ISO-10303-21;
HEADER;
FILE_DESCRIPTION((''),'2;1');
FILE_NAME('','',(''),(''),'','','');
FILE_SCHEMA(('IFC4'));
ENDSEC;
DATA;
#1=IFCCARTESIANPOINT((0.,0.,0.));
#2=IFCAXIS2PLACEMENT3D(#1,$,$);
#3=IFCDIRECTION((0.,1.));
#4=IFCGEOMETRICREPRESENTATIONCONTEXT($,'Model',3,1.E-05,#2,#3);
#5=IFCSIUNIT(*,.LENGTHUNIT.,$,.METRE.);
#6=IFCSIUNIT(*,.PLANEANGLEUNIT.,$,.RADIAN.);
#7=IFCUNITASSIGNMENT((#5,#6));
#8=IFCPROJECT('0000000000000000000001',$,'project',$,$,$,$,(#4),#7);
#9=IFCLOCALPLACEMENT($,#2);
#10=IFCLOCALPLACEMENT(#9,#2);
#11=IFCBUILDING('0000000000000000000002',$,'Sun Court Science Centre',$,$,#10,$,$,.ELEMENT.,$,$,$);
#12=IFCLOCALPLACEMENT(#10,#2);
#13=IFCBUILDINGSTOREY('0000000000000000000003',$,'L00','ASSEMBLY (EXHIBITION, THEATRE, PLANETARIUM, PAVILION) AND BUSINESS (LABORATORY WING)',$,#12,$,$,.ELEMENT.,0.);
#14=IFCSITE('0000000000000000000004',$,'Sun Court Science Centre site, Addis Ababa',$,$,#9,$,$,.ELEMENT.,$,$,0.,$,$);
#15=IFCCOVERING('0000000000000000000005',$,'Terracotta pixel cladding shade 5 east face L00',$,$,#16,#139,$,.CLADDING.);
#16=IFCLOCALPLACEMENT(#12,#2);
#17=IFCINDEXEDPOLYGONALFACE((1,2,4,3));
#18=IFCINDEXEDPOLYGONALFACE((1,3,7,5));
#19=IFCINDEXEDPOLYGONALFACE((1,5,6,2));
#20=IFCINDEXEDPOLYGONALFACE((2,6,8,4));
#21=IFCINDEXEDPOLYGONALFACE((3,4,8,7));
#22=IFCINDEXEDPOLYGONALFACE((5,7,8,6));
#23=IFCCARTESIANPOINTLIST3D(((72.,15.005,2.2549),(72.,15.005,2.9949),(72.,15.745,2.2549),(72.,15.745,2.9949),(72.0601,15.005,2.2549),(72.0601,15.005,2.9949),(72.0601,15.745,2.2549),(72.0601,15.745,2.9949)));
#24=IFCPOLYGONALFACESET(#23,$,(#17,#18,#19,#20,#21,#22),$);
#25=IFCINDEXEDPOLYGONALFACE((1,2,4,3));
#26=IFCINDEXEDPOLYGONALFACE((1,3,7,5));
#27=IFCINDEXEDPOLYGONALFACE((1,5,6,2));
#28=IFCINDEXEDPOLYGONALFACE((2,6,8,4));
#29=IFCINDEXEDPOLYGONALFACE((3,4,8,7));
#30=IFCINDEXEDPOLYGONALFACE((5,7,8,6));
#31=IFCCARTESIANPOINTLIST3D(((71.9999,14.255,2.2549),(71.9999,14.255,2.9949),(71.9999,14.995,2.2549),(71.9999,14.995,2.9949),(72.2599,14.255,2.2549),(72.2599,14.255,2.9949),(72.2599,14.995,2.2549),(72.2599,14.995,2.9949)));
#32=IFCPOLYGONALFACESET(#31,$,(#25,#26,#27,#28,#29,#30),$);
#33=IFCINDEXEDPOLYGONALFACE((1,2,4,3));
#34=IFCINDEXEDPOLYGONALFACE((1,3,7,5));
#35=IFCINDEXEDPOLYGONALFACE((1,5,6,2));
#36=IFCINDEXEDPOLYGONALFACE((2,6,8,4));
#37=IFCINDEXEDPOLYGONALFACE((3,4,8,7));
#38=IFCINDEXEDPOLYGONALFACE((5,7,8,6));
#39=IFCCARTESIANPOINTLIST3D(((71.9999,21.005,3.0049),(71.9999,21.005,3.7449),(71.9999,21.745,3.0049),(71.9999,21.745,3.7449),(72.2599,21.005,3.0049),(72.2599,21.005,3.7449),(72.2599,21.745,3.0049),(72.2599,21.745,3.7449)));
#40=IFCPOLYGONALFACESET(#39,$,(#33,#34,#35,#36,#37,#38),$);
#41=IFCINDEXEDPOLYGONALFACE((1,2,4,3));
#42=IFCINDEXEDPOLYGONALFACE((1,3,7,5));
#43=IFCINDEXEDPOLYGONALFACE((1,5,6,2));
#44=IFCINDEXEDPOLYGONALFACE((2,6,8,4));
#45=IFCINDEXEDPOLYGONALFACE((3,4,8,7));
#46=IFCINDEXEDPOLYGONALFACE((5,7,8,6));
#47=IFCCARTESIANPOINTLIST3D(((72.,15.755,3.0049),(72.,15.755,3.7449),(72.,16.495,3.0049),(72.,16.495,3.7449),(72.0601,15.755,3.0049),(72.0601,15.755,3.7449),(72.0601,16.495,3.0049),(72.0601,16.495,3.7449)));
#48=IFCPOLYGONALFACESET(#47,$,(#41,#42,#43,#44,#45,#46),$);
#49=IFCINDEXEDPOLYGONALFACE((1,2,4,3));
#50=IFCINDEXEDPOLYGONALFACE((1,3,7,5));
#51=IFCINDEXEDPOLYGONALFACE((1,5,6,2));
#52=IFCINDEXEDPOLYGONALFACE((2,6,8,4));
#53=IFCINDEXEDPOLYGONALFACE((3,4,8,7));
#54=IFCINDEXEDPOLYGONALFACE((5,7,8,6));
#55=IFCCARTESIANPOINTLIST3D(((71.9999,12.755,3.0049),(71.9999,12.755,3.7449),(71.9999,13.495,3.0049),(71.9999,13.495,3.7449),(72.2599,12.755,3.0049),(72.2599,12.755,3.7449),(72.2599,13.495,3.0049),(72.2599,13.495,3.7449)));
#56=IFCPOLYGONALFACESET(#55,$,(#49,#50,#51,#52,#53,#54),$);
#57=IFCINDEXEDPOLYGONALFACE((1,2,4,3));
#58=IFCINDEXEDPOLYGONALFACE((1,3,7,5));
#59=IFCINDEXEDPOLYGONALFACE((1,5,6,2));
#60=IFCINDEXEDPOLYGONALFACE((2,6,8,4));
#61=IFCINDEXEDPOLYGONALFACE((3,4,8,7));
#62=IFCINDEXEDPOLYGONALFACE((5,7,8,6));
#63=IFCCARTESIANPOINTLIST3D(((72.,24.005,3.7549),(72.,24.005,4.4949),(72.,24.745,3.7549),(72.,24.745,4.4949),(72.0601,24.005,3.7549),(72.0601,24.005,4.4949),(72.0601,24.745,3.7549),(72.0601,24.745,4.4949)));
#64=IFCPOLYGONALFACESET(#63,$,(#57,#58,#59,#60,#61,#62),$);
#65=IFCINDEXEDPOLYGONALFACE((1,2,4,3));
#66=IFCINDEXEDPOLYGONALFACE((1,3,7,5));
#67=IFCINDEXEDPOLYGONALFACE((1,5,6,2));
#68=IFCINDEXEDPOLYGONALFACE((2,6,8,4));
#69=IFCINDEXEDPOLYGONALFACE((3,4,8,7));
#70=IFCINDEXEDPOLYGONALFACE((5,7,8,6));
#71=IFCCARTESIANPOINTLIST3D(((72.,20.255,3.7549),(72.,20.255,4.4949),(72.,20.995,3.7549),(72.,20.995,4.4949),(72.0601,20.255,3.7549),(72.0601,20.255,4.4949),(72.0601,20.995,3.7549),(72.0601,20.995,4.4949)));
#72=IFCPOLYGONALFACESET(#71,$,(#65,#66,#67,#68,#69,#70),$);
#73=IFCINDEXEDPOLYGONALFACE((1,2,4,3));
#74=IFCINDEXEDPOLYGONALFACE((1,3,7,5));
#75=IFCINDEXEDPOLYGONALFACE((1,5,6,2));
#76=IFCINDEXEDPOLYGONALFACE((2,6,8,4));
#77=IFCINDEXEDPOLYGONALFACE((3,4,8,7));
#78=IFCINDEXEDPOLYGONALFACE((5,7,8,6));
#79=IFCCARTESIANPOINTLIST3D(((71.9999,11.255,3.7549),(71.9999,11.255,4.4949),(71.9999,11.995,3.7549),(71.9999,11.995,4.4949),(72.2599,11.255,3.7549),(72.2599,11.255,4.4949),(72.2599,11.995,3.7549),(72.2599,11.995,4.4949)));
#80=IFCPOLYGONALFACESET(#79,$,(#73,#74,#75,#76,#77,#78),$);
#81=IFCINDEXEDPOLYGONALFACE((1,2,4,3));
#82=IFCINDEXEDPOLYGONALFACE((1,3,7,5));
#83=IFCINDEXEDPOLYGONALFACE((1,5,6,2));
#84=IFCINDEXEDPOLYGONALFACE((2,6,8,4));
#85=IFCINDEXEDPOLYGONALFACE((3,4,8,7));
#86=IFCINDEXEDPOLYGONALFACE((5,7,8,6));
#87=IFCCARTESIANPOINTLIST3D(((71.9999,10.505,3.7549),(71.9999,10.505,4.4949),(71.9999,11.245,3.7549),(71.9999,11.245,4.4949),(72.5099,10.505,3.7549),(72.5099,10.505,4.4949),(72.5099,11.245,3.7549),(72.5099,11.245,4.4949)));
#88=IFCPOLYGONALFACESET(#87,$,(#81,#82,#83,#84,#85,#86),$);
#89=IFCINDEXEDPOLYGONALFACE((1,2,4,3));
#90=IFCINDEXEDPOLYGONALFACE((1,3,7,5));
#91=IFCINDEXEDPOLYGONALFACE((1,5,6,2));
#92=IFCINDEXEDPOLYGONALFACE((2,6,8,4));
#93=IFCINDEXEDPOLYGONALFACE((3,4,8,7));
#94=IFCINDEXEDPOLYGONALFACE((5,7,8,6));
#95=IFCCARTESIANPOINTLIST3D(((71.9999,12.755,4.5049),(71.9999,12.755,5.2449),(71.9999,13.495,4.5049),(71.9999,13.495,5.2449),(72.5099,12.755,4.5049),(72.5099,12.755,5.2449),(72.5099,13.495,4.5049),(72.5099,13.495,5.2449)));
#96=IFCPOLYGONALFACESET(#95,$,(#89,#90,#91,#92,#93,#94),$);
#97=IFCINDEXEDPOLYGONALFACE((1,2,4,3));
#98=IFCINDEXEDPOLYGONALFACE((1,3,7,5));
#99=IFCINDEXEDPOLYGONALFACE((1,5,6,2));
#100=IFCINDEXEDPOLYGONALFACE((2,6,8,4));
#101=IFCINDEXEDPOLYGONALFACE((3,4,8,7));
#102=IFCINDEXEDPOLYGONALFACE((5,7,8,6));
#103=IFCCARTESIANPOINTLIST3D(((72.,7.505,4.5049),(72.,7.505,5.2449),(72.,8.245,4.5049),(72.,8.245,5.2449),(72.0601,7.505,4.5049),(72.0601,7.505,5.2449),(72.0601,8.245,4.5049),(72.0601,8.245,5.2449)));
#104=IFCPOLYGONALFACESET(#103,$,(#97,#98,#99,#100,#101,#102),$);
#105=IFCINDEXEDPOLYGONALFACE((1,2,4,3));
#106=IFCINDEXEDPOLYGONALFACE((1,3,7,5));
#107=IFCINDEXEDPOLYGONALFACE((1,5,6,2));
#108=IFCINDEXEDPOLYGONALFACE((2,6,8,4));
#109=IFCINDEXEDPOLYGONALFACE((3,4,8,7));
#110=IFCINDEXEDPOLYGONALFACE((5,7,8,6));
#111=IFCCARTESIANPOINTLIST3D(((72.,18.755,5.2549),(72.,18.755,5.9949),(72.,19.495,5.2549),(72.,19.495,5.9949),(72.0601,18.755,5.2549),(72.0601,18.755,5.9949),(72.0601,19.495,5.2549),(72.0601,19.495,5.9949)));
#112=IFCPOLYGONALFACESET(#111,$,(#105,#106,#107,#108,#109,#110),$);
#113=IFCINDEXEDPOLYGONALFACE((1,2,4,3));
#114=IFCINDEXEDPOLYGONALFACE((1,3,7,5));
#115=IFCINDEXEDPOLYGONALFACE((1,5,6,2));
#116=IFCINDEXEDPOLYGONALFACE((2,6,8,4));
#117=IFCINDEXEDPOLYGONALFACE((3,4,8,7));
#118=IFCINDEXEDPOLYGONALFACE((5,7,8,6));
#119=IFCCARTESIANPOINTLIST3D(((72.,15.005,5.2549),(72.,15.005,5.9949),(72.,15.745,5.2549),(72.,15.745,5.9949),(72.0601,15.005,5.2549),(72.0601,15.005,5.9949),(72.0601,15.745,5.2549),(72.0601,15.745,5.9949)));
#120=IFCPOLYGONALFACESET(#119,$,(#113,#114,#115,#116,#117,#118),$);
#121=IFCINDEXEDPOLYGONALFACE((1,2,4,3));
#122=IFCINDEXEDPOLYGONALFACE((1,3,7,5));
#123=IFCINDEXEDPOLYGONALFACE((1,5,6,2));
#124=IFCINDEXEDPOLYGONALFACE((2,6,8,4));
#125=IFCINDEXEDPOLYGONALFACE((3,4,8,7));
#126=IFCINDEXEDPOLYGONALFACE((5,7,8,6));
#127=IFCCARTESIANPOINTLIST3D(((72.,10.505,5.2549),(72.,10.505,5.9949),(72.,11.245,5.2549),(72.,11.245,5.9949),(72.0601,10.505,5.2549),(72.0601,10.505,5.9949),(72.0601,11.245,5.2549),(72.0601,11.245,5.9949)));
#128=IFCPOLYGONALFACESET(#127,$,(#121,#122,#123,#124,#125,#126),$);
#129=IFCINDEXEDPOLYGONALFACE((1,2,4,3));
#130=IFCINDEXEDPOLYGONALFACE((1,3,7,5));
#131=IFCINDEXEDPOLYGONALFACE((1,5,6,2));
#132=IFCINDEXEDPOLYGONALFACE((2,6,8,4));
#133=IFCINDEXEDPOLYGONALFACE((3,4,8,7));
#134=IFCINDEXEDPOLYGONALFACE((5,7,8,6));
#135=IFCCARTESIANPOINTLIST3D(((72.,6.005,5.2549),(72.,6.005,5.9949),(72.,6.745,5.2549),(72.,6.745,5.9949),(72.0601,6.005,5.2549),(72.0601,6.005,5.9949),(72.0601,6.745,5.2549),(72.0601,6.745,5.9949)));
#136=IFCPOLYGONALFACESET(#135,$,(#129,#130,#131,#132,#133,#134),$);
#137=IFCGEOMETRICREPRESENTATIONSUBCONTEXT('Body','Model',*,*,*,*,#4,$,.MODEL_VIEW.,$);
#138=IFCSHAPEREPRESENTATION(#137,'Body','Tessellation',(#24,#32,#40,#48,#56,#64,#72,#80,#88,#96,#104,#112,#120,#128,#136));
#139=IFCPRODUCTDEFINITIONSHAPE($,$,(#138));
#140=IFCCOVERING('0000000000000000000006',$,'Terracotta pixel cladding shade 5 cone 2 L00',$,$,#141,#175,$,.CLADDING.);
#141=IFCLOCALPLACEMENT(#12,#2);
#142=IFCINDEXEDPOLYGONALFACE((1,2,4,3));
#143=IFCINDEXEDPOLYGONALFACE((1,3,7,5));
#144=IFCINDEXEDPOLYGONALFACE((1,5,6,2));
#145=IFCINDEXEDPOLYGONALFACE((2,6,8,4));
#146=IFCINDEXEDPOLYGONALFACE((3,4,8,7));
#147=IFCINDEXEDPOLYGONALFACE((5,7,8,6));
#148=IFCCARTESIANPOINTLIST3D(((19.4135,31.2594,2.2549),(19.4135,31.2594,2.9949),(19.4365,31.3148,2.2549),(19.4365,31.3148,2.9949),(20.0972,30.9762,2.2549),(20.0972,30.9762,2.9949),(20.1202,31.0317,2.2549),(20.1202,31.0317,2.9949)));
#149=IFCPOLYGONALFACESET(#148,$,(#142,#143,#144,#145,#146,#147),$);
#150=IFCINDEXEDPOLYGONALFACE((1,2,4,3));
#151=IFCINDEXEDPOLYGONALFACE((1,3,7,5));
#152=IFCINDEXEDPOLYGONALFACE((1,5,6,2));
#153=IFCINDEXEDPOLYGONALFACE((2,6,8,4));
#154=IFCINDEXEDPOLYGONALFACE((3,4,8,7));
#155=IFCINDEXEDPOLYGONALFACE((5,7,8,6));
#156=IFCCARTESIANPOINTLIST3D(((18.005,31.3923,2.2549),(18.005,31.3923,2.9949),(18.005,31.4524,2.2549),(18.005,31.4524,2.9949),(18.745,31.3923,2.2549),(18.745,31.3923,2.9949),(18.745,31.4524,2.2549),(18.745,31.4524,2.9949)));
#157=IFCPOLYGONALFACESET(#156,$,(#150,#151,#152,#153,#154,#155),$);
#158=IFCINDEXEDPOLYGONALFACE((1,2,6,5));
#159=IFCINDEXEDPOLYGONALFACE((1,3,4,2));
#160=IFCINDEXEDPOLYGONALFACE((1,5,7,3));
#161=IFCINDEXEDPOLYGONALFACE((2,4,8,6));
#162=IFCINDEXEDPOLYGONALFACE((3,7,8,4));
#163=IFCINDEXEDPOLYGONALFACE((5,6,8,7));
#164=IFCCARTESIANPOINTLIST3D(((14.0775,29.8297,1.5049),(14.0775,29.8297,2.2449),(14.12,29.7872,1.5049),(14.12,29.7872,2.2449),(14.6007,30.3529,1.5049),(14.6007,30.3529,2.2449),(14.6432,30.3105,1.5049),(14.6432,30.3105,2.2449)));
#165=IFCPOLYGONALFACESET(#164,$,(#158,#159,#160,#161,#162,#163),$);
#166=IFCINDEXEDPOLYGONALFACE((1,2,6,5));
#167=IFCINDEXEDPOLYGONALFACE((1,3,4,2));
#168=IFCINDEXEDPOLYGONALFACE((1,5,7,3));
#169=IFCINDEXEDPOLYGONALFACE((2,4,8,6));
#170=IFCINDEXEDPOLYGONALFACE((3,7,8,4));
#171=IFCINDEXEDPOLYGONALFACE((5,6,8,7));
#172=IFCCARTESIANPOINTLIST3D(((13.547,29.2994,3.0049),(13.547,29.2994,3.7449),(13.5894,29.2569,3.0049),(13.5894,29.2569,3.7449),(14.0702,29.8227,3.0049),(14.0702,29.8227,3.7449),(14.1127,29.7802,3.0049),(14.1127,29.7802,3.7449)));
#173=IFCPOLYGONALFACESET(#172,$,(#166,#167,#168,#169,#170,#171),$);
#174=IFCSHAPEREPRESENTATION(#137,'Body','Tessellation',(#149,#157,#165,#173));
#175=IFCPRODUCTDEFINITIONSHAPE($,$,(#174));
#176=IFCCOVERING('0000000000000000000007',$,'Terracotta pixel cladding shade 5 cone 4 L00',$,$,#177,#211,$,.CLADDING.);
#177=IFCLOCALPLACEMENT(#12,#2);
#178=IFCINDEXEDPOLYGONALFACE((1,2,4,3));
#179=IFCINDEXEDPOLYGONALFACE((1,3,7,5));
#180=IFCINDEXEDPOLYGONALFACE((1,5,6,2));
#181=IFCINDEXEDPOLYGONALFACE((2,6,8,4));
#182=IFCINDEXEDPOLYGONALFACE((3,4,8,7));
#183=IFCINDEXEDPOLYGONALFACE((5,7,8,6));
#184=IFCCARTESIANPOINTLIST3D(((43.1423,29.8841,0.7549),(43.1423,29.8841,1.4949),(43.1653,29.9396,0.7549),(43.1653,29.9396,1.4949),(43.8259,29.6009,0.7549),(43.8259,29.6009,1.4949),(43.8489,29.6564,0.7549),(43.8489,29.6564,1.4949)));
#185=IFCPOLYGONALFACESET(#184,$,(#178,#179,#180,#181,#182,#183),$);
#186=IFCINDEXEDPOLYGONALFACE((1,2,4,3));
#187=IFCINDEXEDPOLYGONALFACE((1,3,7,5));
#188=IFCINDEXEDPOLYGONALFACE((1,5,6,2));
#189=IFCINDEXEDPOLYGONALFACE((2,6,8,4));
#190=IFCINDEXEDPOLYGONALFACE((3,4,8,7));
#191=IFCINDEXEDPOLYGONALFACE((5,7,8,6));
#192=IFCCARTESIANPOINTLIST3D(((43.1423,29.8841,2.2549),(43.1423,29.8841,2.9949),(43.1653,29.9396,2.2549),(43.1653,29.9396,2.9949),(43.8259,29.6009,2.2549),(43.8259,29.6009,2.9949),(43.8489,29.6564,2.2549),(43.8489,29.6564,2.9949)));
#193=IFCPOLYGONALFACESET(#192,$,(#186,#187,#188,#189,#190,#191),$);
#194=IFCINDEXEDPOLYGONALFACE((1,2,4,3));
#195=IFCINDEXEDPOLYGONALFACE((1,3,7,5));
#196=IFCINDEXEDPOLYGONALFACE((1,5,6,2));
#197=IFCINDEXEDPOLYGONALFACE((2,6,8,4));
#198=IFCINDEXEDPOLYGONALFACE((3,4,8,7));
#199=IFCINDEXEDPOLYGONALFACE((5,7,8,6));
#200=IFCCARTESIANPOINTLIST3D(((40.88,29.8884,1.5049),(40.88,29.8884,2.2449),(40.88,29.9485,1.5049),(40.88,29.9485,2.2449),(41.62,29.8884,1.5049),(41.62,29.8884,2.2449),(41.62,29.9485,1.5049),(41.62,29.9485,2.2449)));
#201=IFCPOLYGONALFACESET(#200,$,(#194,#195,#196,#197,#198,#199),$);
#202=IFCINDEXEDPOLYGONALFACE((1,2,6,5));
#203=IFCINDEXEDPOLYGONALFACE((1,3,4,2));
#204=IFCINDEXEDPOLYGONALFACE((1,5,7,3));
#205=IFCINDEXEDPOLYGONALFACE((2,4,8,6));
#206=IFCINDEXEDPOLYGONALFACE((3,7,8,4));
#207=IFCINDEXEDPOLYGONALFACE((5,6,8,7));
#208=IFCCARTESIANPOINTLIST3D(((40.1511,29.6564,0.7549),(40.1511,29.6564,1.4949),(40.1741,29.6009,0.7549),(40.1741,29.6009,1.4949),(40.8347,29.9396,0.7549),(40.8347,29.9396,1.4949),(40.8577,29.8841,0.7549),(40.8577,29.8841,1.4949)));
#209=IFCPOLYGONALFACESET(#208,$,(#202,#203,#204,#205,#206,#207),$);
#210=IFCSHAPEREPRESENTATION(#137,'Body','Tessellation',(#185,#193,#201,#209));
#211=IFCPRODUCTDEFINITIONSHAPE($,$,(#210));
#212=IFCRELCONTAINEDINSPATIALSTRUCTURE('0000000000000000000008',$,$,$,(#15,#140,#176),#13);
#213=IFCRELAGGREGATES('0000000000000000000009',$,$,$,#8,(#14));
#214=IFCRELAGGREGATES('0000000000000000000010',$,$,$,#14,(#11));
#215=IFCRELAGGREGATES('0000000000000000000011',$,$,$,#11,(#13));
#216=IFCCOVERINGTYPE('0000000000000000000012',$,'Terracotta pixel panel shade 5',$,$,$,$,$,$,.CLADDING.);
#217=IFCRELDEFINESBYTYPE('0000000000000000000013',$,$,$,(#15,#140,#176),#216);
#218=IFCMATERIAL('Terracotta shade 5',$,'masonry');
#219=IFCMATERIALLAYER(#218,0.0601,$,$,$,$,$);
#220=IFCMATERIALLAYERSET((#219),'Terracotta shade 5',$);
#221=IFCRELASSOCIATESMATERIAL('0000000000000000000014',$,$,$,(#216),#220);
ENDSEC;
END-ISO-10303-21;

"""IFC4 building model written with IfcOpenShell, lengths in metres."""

from ifc_helpers import new_model, si_unit, direction, frame, origin, origin_2d, place, context, subcontext, project, spatial, rectangle, extrude, material, layer, layer_set, type_object, element, save


model = new_model("IFC4")

# Units and contexts
model_context = context("Model", 3, precision=1e-05, world=origin(), true_north=direction((0.0, 1.0)))
body_context = subcontext(model_context, "Body", "Model", "MODEL_VIEW")
ifc_project = project(units=[si_unit("LENGTHUNIT", "METRE"), si_unit("PLANEANGLEUNIT", "RADIAN")], contexts=[model_context])

# Site, building, storey
site_placement = place(None, origin())
site = spatial("IfcSite", under=ifc_project, at=site_placement, Name="Sun Court Science Centre site, Addis Ababa", CompositionType="ELEMENT", RefElevation=0.0)
building_placement = place(site_placement, origin())
building = spatial("IfcBuilding", under=site, at=building_placement, Name="Sun Court Science Centre", CompositionType="ELEMENT")
storey_placement = place(building_placement, origin())
storey = spatial("IfcBuildingStorey", under=building, at=storey_placement, Name="L00", Description="ASSEMBLY (EXHIBITION, THEATRE, PLANETARIUM, PAVILION) AND BUSINESS (LABORATORY WING)", CompositionType="ELEMENT", Elevation=0.0)

# Coverings
ifc_material_1 = material(Name="Terracotta shade 5", Category="masonry")
ifc_layer_1 = layer(ifc_material_1, 0.0601)
ifc_layer_set_1 = layer_set([ifc_layer_1], Name="Terracotta shade 5")
covering_type_1 = type_object("IfcCoveringType", Name="Terracotta pixel panel shade 5", PredefinedType="CLADDING", material=ifc_layer_set_1)
covering_1_placement = place(storey_placement, origin())
element("IfcCovering", 1, at=covering_1_placement, inside=storey, type_object=covering_type_1, Name="Terracotta pixel cladding shade 5 east face L00", PredefinedType="CLADDING", context=body_context, shape_type="SweptSolid", body=[
    extrude(rectangle(XDim=0.74, YDim=0.0601, at=origin_2d()), frame((72.03, 15.375, 2.2549), z_axis=(0.0, 0.0, 1.0), x_axis=(0.0, -1.0, 0.0)), (0.0, 0.0, 1.0), 0.74),
    extrude(rectangle(XDim=0.74, YDim=0.26, at=origin_2d()), frame((72.1299, 14.625, 2.2549), z_axis=(0.0, 0.0, 1.0), x_axis=(0.0, -1.0, 0.0)), (0.0, 0.0, 1.0), 0.74),
    extrude(rectangle(XDim=0.74, YDim=0.26, at=origin_2d()), frame((72.1299, 21.375, 3.0049), z_axis=(0.0, 0.0, 1.0), x_axis=(0.0, -1.0, 0.0)), (0.0, 0.0, 1.0), 0.74),
    extrude(rectangle(XDim=0.74, YDim=0.0601, at=origin_2d()), frame((72.03, 16.125, 3.0049), z_axis=(0.0, 0.0, 1.0), x_axis=(0.0, -1.0, 0.0)), (0.0, 0.0, 1.0), 0.74),
    extrude(rectangle(XDim=0.74, YDim=0.26, at=origin_2d()), frame((72.1299, 13.125, 3.0049), z_axis=(0.0, 0.0, 1.0), x_axis=(0.0, -1.0, 0.0)), (0.0, 0.0, 1.0), 0.74),
    extrude(rectangle(XDim=0.74, YDim=0.0601, at=origin_2d()), frame((72.03, 24.375, 3.7549), z_axis=(0.0, 0.0, 1.0), x_axis=(0.0, -1.0, 0.0)), (0.0, 0.0, 1.0), 0.74),
    extrude(rectangle(XDim=0.74, YDim=0.0601, at=origin_2d()), frame((72.03, 20.625, 3.7549), z_axis=(0.0, 0.0, 1.0), x_axis=(0.0, -1.0, 0.0)), (0.0, 0.0, 1.0), 0.74),
    extrude(rectangle(XDim=0.74, YDim=0.26, at=origin_2d()), frame((72.1299, 11.625, 3.7549), z_axis=(0.0, 0.0, 1.0), x_axis=(0.0, -1.0, 0.0)), (0.0, 0.0, 1.0), 0.74),
    extrude(rectangle(XDim=0.74, YDim=0.51, at=origin_2d()), frame((72.2549, 10.875, 3.7549), z_axis=(0.0, 0.0, 1.0), x_axis=(0.0, -1.0, 0.0)), (0.0, 0.0, 1.0), 0.74),
    extrude(rectangle(XDim=0.74, YDim=0.51, at=origin_2d()), frame((72.2549, 13.125, 4.5049), z_axis=(0.0, 0.0, 1.0), x_axis=(0.0, -1.0, 0.0)), (0.0, 0.0, 1.0), 0.74),
    extrude(rectangle(XDim=0.74, YDim=0.0601, at=origin_2d()), frame((72.03, 7.875, 4.5049), z_axis=(0.0, 0.0, 1.0), x_axis=(0.0, -1.0, 0.0)), (0.0, 0.0, 1.0), 0.74),
    extrude(rectangle(XDim=0.74, YDim=0.0601, at=origin_2d()), frame((72.03, 19.125, 5.2549), z_axis=(0.0, 0.0, 1.0), x_axis=(0.0, -1.0, 0.0)), (0.0, 0.0, 1.0), 0.74),
    extrude(rectangle(XDim=0.74, YDim=0.0601, at=origin_2d()), frame((72.03, 15.375, 5.2549), z_axis=(0.0, 0.0, 1.0), x_axis=(0.0, -1.0, 0.0)), (0.0, 0.0, 1.0), 0.74),
    extrude(rectangle(XDim=0.74, YDim=0.0601, at=origin_2d()), frame((72.03, 10.875, 5.2549), z_axis=(0.0, 0.0, 1.0), x_axis=(0.0, -1.0, 0.0)), (0.0, 0.0, 1.0), 0.74),
    extrude(rectangle(XDim=0.74, YDim=0.0601, at=origin_2d()), frame((72.03, 6.375, 5.2549), z_axis=(0.0, 0.0, 1.0), x_axis=(0.0, -1.0, 0.0)), (0.0, 0.0, 1.0), 0.74),
])
covering_2_placement = place(storey_placement, origin())
element("IfcCovering", 2, at=covering_2_placement, inside=storey, type_object=covering_type_1, Name="Terracotta pixel cladding shade 5 cone 2 L00", PredefinedType="CLADDING", context=body_context, shape_type="SweptSolid", body=[
    extrude(rectangle(XDim=0.74, YDim=0.0601, at=origin_2d()), frame((19.7668, 31.1455, 2.2549), z_axis=(0.0, 0.0, 1.0), x_axis=(0.92388, -0.382683, 0.0)), (0.0, 0.0, 1.0), 0.74),
    extrude(rectangle(XDim=0.74, YDim=0.0601, at=origin_2d()), frame((18.375, 31.4224, 2.2549), z_axis=(0.0, 0.0, 1.0), x_axis=(1.0, 0.0, 0.0)), (0.0, 0.0, 1.0), 0.74),
    extrude(rectangle(XDim=0.74, YDim=0.0601, at=origin_2d()), frame((14.3604, 30.0701, 1.5049), z_axis=(0.0, 0.0, 1.0), x_axis=(0.707107, 0.707107, 0.0)), (0.0, 0.0, 1.0), 0.74),
    extrude(rectangle(XDim=0.74, YDim=0.0601, at=origin_2d()), frame((13.8298, 29.5398, 3.0049), z_axis=(0.0, 0.0, 1.0), x_axis=(0.707107, 0.707107, 0.0)), (0.0, 0.0, 1.0), 0.74),
])
covering_3_placement = place(storey_placement, origin())
element("IfcCovering", 3, at=covering_3_placement, inside=storey, type_object=covering_type_1, Name="Terracotta pixel cladding shade 5 cone 4 L00", PredefinedType="CLADDING", context=body_context, shape_type="SweptSolid", body=[
    extrude(rectangle(XDim=0.74, YDim=0.0601, at=origin_2d()), frame((43.4956, 29.7703, 0.7549), z_axis=(0.0, 0.0, 1.0), x_axis=(0.92388, -0.382683, 0.0)), (0.0, 0.0, 1.0), 0.74),
    extrude(rectangle(XDim=0.74, YDim=0.0601, at=origin_2d()), frame((43.4956, 29.7703, 2.2549), z_axis=(0.0, 0.0, 1.0), x_axis=(0.92388, -0.382683, 0.0)), (0.0, 0.0, 1.0), 0.74),
    extrude(rectangle(XDim=0.74, YDim=0.0601, at=origin_2d()), frame((41.25, 29.9185, 1.5049), z_axis=(0.0, 0.0, 1.0), x_axis=(1.0, 0.0, 0.0)), (0.0, 0.0, 1.0), 0.74),
    extrude(rectangle(XDim=0.74, YDim=0.0601, at=origin_2d()), frame((40.5044, 29.7703, 0.7549), z_axis=(0.0, 0.0, 1.0), x_axis=(0.92388, 0.382683, 0.0)), (0.0, 0.0, 1.0), 0.74),
])

save(model, "model.ifc")
